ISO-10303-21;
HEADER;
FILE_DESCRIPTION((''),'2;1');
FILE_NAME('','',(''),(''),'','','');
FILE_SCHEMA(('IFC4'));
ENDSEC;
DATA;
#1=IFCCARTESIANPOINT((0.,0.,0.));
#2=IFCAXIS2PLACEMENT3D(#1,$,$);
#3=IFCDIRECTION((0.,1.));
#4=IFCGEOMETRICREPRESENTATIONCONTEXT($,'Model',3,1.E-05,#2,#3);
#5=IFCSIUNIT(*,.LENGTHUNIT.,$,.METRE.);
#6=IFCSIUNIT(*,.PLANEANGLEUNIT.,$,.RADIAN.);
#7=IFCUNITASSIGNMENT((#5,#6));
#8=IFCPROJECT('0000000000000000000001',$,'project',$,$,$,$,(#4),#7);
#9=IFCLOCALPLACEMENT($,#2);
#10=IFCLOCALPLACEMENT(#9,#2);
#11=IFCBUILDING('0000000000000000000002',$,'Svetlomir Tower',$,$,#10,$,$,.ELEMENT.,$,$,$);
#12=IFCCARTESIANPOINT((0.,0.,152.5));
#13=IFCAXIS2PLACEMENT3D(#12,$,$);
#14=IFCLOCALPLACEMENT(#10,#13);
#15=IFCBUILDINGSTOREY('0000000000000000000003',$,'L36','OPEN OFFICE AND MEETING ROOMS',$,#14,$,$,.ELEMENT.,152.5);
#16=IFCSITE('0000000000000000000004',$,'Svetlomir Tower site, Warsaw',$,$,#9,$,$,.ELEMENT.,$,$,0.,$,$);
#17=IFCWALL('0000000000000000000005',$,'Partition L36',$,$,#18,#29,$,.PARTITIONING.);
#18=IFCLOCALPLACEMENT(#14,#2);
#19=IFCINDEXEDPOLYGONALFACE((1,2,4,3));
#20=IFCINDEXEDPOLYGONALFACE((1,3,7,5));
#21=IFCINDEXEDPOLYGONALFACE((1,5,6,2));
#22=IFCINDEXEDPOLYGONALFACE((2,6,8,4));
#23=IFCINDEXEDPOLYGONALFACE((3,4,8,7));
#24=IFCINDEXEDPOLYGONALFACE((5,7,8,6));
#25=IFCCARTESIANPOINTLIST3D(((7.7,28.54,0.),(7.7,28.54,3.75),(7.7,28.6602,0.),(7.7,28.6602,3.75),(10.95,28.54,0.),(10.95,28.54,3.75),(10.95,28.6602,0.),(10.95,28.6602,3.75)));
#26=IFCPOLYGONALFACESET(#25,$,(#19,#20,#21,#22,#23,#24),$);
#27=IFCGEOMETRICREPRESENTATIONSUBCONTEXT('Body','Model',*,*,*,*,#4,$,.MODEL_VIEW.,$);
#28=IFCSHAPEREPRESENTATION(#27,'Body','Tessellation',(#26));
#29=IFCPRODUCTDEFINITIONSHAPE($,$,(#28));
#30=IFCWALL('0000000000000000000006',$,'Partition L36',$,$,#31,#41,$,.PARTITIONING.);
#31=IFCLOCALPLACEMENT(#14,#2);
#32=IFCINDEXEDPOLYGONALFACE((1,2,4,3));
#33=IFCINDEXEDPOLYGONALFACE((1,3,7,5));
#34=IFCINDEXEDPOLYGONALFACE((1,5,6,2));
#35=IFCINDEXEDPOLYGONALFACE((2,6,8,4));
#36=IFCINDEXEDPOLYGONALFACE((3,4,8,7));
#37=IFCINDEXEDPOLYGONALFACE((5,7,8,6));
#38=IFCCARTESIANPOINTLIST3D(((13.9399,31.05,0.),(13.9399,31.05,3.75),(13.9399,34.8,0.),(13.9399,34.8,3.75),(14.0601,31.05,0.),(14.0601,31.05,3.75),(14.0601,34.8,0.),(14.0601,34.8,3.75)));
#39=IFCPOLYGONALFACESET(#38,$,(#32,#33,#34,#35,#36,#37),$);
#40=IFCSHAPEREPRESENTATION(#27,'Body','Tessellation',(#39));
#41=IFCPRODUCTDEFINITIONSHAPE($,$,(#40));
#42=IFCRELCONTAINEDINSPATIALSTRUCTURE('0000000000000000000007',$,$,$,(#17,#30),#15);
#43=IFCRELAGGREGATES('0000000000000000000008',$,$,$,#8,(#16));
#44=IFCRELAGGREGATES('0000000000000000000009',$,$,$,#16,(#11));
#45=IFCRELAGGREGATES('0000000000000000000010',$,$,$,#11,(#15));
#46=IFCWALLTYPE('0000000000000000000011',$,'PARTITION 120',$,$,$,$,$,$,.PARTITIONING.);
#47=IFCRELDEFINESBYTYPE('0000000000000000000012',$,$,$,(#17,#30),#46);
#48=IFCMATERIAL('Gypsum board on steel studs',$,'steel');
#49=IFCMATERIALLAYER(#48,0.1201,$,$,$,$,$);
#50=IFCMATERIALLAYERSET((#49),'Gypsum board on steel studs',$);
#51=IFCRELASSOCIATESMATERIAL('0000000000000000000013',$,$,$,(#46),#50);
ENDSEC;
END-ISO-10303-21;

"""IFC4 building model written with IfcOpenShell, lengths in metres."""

from ifc_helpers import new_model, si_unit, direction, frame, frame_2d, origin, place, context, subcontext, project, spatial, rectangle, extrude, material, layer, layer_set, type_object, element, save


model = new_model("IFC4")

# Units and contexts
model_context = context("Model", 3, precision=1e-05, world=origin(), true_north=direction((0.0, 1.0)))
body_context = subcontext(model_context, "Body", "Model", "MODEL_VIEW")
ifc_project = project(units=[si_unit("LENGTHUNIT", "METRE"), si_unit("PLANEANGLEUNIT", "RADIAN")], contexts=[model_context])

# Site, building, storey
site_placement = place(None, origin())
site = spatial("IfcSite", under=ifc_project, at=site_placement, Name="Svetlomir Tower site, Warsaw", CompositionType="ELEMENT", RefElevation=0.0)
building_placement = place(site_placement, origin())
building = spatial("IfcBuilding", under=site, at=building_placement, Name="Svetlomir Tower", CompositionType="ELEMENT")
storey_placement = place(building_placement, frame((0.0, 0.0, 152.5)))
storey = spatial("IfcBuildingStorey", under=building, at=storey_placement, Name="L36", Description="OPEN OFFICE AND MEETING ROOMS", CompositionType="ELEMENT", Elevation=152.5)

# Walls
ifc_material_1 = material(Name="Gypsum board on steel studs", Category="steel")
ifc_layer_1 = layer(ifc_material_1, 0.1201)
ifc_layer_set_1 = layer_set([ifc_layer_1], Name="Gypsum board on steel studs")
wall_type_1 = type_object("IfcWallType", Name="PARTITION 120", PredefinedType="PARTITIONING", material=ifc_layer_set_1)
wall_1_placement = place(storey_placement, frame((7.7, 28.6001, 0.0), z_axis=(0.0, 0.0, 1.0), x_axis=(1.0, 0.0, 0.0)))
element("IfcWall", 1, at=wall_1_placement, inside=storey, type_object=wall_type_1, Name="Partition L36", PredefinedType="PARTITIONING", context=body_context, shape_type="SweptSolid", body=[
    extrude(rectangle(XDim=3.25, YDim=0.1201, at=frame_2d((1.625, 0.0))), origin(), (0.0, 0.0, 1.0), 3.75),
])
wall_2_placement = place(storey_placement, frame((14.0, 31.05, 0.0), z_axis=(0.0, 0.0, 1.0), x_axis=(0.0, 1.0, 0.0)))
element("IfcWall", 2, at=wall_2_placement, inside=storey, type_object=wall_type_1, Name="Partition L36", PredefinedType="PARTITIONING", context=body_context, shape_type="SweptSolid", body=[
    extrude(rectangle(XDim=3.75, YDim=0.1201, at=frame_2d((1.875, 0.0))), origin(), (0.0, 0.0, 1.0), 3.75),
])

save(model, "model.ifc")
